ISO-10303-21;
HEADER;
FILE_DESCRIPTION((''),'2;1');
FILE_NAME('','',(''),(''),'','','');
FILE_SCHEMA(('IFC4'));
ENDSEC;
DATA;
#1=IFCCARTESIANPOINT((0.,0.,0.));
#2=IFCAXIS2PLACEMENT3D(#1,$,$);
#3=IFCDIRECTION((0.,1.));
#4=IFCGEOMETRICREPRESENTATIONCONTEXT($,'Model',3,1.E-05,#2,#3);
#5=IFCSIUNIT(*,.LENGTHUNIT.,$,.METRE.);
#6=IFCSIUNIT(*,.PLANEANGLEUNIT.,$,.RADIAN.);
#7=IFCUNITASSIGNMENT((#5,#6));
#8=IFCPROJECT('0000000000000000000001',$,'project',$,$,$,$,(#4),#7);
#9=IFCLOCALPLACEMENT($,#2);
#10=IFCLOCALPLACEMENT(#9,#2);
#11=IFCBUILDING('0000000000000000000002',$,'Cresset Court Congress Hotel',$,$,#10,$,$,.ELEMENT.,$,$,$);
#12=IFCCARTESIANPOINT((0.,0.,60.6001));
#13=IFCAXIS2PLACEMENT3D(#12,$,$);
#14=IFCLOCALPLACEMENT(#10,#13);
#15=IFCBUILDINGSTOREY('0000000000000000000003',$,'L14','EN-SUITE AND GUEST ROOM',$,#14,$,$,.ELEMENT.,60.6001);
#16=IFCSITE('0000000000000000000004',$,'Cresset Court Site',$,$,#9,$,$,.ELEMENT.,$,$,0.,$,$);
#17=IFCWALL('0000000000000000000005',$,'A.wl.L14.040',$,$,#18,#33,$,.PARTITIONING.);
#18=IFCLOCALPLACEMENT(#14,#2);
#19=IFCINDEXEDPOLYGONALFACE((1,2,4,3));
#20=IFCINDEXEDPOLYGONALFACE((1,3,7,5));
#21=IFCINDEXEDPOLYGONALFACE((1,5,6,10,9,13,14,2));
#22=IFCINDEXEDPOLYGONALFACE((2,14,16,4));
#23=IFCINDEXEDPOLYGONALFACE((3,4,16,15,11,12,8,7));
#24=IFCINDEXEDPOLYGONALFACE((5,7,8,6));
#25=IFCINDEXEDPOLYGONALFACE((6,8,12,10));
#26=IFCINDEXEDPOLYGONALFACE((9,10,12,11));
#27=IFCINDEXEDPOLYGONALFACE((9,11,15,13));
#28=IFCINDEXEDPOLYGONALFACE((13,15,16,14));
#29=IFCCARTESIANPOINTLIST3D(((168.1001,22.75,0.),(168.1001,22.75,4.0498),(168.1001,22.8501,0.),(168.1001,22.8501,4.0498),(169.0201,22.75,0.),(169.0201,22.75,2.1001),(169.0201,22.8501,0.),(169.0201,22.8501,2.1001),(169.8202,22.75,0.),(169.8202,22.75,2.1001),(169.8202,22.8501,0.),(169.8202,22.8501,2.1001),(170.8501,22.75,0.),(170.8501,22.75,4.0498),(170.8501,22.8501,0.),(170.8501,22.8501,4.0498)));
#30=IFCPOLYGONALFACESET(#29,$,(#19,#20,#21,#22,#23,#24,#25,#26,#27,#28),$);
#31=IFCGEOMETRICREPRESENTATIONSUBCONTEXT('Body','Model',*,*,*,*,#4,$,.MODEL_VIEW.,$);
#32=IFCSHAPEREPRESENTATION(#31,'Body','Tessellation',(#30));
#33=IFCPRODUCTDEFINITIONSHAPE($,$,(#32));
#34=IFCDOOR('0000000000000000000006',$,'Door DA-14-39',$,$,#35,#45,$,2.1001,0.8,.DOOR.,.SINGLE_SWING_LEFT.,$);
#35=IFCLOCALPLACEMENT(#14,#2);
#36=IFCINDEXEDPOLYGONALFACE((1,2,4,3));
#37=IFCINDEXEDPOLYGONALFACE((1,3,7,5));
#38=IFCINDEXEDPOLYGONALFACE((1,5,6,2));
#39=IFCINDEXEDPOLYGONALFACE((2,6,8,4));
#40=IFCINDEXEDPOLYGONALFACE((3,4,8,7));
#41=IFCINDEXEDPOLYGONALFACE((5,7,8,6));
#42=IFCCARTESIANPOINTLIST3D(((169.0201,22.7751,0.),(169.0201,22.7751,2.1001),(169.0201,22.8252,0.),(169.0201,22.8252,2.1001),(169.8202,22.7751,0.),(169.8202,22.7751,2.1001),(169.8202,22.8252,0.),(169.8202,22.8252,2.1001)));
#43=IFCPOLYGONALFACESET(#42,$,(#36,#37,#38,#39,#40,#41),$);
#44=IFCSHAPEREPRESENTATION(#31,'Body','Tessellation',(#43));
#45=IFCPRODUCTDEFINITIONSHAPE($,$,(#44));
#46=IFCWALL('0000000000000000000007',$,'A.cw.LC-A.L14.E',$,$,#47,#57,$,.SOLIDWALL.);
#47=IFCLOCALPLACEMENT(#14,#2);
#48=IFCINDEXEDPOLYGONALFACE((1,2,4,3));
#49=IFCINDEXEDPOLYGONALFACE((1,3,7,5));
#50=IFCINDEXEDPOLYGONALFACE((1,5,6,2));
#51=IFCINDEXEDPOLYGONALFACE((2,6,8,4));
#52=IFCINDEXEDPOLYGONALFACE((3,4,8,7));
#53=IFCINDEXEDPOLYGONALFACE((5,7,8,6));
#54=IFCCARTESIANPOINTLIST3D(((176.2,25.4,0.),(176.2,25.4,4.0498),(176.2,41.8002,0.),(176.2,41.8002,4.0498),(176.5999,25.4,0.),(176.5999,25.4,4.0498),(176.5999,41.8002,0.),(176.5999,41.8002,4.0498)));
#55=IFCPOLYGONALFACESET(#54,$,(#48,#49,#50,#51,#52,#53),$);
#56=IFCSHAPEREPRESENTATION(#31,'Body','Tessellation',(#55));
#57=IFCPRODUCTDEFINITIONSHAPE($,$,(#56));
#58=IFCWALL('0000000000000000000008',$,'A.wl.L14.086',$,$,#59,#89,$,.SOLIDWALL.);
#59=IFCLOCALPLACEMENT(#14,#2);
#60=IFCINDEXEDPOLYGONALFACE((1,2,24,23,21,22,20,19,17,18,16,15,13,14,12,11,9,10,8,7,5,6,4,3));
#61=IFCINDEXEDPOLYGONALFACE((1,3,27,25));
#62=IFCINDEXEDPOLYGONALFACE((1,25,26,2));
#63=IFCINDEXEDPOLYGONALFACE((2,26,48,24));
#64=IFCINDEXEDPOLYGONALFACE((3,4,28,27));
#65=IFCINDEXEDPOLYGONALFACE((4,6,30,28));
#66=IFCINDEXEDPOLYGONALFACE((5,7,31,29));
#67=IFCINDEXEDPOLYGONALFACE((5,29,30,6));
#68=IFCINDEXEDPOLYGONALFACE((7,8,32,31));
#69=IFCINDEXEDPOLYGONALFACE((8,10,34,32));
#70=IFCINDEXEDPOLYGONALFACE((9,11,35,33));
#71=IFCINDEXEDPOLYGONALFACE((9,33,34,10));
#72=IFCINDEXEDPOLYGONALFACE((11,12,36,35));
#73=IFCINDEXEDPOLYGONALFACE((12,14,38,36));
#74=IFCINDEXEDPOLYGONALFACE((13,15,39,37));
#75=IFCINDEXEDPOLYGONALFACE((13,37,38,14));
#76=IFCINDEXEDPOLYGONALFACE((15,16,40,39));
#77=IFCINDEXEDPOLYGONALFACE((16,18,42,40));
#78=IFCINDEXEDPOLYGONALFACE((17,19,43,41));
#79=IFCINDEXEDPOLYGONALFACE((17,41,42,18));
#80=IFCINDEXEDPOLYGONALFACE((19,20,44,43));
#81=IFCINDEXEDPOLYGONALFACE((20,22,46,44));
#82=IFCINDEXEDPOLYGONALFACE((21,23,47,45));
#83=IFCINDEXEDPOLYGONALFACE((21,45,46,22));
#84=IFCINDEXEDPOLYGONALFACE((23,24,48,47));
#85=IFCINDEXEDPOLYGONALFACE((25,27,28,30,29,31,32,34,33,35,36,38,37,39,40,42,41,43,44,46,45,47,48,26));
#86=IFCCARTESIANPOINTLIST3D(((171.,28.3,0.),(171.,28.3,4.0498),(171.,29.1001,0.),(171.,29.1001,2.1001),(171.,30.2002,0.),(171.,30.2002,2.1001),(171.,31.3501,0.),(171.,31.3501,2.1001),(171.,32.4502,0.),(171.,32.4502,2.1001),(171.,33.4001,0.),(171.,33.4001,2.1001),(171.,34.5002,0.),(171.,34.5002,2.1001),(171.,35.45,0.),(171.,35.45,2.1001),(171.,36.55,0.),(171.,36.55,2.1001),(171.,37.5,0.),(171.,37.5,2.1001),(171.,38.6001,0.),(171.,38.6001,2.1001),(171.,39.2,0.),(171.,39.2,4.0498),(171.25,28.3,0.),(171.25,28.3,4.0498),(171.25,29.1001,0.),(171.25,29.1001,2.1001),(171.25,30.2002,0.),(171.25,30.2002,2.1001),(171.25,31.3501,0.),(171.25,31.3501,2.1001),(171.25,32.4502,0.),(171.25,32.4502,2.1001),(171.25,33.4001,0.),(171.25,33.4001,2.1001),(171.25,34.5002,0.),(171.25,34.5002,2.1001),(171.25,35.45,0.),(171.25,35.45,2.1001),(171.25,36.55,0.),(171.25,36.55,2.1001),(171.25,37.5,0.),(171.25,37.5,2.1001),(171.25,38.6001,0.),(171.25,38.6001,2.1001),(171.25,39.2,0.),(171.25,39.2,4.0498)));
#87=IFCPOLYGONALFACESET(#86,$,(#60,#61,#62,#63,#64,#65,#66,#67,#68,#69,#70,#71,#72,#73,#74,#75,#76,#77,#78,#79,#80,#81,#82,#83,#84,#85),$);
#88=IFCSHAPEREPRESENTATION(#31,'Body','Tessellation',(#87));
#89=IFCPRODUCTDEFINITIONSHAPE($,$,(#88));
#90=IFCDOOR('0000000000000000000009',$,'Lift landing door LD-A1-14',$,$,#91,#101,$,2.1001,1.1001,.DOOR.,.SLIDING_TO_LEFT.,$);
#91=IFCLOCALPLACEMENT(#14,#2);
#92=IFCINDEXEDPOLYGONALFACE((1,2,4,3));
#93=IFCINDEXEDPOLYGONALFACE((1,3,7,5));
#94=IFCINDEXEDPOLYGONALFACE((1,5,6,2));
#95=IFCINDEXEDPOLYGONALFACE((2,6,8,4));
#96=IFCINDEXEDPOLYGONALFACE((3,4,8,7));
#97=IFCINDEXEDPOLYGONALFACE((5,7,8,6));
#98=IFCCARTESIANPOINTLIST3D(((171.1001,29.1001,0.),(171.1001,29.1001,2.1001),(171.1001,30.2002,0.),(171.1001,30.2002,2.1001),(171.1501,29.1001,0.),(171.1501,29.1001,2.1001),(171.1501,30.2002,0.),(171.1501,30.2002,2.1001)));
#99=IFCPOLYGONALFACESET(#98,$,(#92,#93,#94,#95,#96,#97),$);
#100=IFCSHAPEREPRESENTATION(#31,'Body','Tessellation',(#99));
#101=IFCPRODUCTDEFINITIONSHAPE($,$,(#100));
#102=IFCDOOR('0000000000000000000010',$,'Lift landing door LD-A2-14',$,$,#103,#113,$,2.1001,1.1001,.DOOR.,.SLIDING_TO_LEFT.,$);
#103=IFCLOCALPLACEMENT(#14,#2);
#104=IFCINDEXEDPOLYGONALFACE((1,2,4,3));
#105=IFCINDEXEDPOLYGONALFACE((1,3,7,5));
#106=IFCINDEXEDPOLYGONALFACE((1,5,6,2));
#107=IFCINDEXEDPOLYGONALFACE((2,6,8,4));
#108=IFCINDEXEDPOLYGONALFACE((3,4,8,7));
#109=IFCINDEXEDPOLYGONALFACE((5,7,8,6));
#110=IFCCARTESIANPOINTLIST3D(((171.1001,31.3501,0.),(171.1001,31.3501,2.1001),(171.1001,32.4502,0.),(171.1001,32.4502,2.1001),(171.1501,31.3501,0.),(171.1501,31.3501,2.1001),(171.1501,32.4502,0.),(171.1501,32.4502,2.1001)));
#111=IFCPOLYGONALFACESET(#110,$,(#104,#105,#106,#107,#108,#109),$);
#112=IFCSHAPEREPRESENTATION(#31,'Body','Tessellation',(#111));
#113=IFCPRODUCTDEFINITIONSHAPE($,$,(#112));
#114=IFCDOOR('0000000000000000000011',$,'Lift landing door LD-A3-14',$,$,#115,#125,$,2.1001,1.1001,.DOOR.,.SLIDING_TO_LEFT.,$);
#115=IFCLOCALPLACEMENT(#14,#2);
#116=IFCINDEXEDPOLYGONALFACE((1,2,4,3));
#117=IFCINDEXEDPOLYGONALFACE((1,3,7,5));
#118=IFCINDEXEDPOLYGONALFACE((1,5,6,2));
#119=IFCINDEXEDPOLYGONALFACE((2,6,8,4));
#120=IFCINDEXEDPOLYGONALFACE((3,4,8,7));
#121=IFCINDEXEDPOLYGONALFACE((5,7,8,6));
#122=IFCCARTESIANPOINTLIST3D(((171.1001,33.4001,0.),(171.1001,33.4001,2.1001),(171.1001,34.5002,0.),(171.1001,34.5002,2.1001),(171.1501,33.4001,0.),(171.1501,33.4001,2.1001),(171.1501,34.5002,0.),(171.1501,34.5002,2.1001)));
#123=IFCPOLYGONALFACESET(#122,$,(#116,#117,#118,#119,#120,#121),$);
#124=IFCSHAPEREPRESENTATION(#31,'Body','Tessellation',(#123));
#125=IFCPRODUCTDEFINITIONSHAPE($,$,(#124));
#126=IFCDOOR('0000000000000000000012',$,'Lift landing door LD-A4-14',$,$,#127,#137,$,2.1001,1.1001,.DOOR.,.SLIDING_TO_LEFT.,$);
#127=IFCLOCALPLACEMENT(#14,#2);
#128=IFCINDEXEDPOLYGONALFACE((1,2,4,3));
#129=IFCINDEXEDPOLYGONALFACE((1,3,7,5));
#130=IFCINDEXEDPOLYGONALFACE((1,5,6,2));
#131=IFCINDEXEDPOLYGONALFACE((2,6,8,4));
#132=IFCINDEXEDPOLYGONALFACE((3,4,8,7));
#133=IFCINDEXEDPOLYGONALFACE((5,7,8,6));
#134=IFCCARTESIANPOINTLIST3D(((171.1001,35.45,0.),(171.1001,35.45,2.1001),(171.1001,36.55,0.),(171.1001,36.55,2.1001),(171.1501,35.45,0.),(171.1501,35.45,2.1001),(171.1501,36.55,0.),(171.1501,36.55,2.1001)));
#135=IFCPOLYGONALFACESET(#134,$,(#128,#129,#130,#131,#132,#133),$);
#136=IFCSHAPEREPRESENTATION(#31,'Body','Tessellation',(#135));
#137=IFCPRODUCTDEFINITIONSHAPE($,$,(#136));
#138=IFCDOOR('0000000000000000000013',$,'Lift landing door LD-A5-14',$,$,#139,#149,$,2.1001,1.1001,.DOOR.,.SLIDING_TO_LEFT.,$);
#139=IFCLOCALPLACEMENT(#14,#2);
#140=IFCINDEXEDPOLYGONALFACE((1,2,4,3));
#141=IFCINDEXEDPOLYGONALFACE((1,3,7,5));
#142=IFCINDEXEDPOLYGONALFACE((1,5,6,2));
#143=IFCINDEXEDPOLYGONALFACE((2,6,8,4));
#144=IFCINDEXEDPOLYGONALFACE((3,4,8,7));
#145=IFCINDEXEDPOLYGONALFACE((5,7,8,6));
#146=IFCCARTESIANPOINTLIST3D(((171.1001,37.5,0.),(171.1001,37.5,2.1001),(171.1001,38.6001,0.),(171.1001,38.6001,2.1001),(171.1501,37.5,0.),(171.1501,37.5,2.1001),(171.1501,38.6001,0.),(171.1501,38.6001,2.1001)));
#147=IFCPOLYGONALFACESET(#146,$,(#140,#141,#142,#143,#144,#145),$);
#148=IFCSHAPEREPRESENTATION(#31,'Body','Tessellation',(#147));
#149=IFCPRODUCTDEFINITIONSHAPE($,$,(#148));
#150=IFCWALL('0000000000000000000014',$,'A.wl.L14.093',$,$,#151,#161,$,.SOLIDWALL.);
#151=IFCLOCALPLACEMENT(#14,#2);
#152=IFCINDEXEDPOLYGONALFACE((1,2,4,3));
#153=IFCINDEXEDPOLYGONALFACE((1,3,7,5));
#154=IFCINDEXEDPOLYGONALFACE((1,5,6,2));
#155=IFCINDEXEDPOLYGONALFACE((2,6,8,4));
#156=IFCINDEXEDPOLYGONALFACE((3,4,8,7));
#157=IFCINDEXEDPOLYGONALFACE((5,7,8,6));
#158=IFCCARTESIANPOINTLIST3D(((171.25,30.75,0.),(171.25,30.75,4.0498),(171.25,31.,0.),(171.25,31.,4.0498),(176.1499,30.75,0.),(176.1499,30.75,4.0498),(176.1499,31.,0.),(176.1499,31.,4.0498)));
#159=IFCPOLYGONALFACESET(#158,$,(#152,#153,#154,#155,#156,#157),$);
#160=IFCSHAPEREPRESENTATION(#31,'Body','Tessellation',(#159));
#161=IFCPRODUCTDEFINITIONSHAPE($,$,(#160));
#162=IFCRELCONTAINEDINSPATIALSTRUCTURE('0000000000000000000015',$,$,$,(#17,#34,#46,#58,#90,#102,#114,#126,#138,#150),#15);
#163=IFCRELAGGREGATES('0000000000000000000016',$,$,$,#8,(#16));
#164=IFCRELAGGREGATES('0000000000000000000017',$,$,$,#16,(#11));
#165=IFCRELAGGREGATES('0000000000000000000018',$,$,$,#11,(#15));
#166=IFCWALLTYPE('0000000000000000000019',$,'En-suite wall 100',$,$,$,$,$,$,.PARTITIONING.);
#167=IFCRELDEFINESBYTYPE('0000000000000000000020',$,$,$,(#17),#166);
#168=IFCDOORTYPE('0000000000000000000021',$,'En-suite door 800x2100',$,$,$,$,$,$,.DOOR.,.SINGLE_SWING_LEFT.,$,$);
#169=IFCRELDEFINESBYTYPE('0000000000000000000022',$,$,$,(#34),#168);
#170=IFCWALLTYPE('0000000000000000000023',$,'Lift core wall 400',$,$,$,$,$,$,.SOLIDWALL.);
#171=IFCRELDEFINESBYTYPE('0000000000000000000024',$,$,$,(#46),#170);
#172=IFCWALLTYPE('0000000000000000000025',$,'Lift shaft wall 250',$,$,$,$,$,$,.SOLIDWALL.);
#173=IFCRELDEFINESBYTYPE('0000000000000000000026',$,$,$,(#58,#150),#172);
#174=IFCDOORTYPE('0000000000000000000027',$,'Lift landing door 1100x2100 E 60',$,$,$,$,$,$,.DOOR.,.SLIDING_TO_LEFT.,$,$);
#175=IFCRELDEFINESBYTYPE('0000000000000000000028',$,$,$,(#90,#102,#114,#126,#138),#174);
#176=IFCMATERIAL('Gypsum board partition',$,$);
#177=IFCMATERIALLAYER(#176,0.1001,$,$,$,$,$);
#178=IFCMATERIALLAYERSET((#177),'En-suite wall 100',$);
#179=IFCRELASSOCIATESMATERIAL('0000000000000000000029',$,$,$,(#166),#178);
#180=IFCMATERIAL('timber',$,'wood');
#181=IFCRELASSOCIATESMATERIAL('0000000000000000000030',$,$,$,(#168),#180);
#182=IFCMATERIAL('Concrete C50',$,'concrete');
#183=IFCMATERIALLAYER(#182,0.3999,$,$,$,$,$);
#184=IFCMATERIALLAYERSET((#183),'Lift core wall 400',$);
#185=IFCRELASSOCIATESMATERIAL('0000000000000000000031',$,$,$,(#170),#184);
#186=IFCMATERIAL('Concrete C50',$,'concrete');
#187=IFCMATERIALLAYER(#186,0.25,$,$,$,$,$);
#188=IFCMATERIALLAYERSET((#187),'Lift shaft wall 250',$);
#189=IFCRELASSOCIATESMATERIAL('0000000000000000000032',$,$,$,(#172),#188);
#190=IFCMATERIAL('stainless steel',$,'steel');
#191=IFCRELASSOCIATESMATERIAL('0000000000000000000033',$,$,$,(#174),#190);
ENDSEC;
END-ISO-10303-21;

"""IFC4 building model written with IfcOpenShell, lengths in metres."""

from ifc_helpers import new_model, si_unit, direction, frame, frame_2d, origin, place, context, subcontext, project, spatial, rectangle, extrude, material, layer, layer_set, type_object, element, fill, save


model = new_model("IFC4")

# Units and contexts
model_context = context("Model", 3, precision=1e-05, world=origin(), true_north=direction((0.0, 1.0)))
body_context = subcontext(model_context, "Body", "Model", "MODEL_VIEW")
ifc_project = project(units=[si_unit("LENGTHUNIT", "METRE"), si_unit("PLANEANGLEUNIT", "RADIAN")], contexts=[model_context])

# Site, building, storey
site_placement = place(None, origin())
site = spatial("IfcSite", under=ifc_project, at=site_placement, Name="Cresset Court Site", CompositionType="ELEMENT", RefElevation=0.0)
building_placement = place(site_placement, origin())
building = spatial("IfcBuilding", under=site, at=building_placement, Name="Cresset Court Congress Hotel", CompositionType="ELEMENT")
storey_placement = place(building_placement, frame((0.0, 0.0, 60.6001)))
storey = spatial("IfcBuildingStorey", under=building, at=storey_placement, Name="L14", Description="EN-SUITE AND GUEST ROOM", CompositionType="ELEMENT", Elevation=60.6001)

# Wall, opening, door
ifc_material_1 = material(Name="Gypsum board partition")
ifc_layer_1 = layer(ifc_material_1, 0.1001)
ifc_layer_set_1 = layer_set([ifc_layer_1], Name="En-suite wall 100")
wall_type_1 = type_object("IfcWallType", Name="En-suite wall 100", PredefinedType="PARTITIONING", material=ifc_layer_set_1)
wall_1_placement = place(storey_placement, frame((170.8501, 22.8, 0.0), z_axis=(0.0, 0.0, 1.0), x_axis=(-1.0, 0.0, 0.0)))
wall_1 = element("IfcWall", 1, at=wall_1_placement, inside=storey, type_object=wall_type_1, Name="A.wl.L14.040", PredefinedType="PARTITIONING", context=body_context, shape_type="SweptSolid", body=[
    extrude(rectangle(XDim=2.75, YDim=0.1001, at=frame_2d((1.375, 0.0))), origin(), (0.0, 0.0, 1.0), 4.0498),
])
opening_1_placement = place(wall_1_placement, frame((1.03, 0.0, 0.0)))
opening_1 = element("IfcOpeningElement", 2, at=opening_1_placement, cuts=wall_1, PredefinedType="OPENING", context=body_context, shape_type="SweptSolid", body=[
    extrude(rectangle(XDim=0.8, YDim=2.1001, at=frame_2d((0.3999, 1.05))), frame((0.0, 0.0601, 0.0), z_axis=(0.0, -1.0, 0.0), x_axis=(1.0, 0.0, 0.0)), (0.0, 0.0, 1.0), 0.1201),
])
ifc_material_2 = material(Name="timber", Category="wood")
door_type_1 = type_object("IfcDoorType", Name="En-suite door 800x2100", OperationType="SINGLE_SWING_LEFT", PredefinedType="DOOR", material=ifc_material_2)
door_1_placement = place(opening_1_placement, origin())
door_1 = element("IfcDoor", 3, at=door_1_placement, inside=storey, type_object=door_type_1, Name="Door DA-14-39", OperationType="SINGLE_SWING_LEFT", OverallHeight=2.1001, OverallWidth=0.8, PredefinedType="DOOR", context=body_context, shape_type="SweptSolid", body=[
    extrude(rectangle(XDim=0.8, YDim=2.1001, at=frame_2d((0.3999, 1.05))), frame((0.0, 0.0249, 0.0), z_axis=(0.0, -1.0, 0.0), x_axis=(1.0, 0.0, 0.0)), (0.0, 0.0, 1.0), 0.05),
])
fill(opening_1, door_1)

# Wall
ifc_material_3 = material(Name="Concrete C50", Category="concrete")
ifc_layer_2 = layer(ifc_material_3, 0.3999)
ifc_layer_set_2 = layer_set([ifc_layer_2], Name="Lift core wall 400")
wall_type_2 = type_object("IfcWallType", Name="Lift core wall 400", PredefinedType="SOLIDWALL", material=ifc_layer_set_2)
wall_2_placement = place(storey_placement, frame((176.3999, 25.3999, 0.0), z_axis=(0.0, 0.0, 1.0), x_axis=(0.0, 1.0, 0.0)))
element("IfcWall", 4, at=wall_2_placement, inside=storey, type_object=wall_type_2, Name="A.cw.LC-A.L14.E", PredefinedType="SOLIDWALL", context=body_context, shape_type="SweptSolid", body=[
    extrude(rectangle(XDim=16.4001, YDim=0.3999, at=frame_2d((8.2002, 0.0))), origin(), (0.0, 0.0, 1.0), 4.0498),
])

# Wall, openings, doors
ifc_material_4 = material(Name="Concrete C50", Category="concrete")
ifc_layer_3 = layer(ifc_material_4, 0.25)
ifc_layer_set_3 = layer_set([ifc_layer_3], Name="Lift shaft wall 250")
wall_type_3 = type_object("IfcWallType", Name="Lift shaft wall 250", PredefinedType="SOLIDWALL", material=ifc_layer_set_3)
wall_3_placement = place(storey_placement, frame((171.125, 28.3, 0.0), z_axis=(0.0, 0.0, 1.0), x_axis=(0.0, 1.0, 0.0)))
wall_3 = element("IfcWall", 5, at=wall_3_placement, inside=storey, type_object=wall_type_3, Name="A.wl.L14.086", PredefinedType="SOLIDWALL", context=body_context, shape_type="SweptSolid", body=[
    extrude(rectangle(XDim=10.8999, YDim=0.25, at=frame_2d((5.45, 0.0))), origin(), (0.0, 0.0, 1.0), 4.0498),
])
opening_2_placement = place(wall_3_placement, frame((0.8, 0.0, 0.0)))
opening_2 = element("IfcOpeningElement", 6, at=opening_2_placement, cuts=wall_3, PredefinedType="OPENING", context=body_context, shape_type="SweptSolid", body=[
    extrude(rectangle(XDim=1.1001, YDim=2.1001, at=frame_2d((0.55, 1.05))), frame((0.0, 0.135, 0.0), z_axis=(0.0, -1.0, 0.0), x_axis=(1.0, 0.0, 0.0)), (0.0, 0.0, 1.0), 0.27),
])
opening_3_placement = place(wall_3_placement, frame((3.05, 0.0, 0.0)))
opening_3 = element("IfcOpeningElement", 7, at=opening_3_placement, cuts=wall_3, PredefinedType="OPENING", context=body_context, shape_type="SweptSolid", body=[
    extrude(rectangle(XDim=1.1001, YDim=2.1001, at=frame_2d((0.55, 1.05))), frame((0.0, 0.135, 0.0), z_axis=(0.0, -1.0, 0.0), x_axis=(1.0, 0.0, 0.0)), (0.0, 0.0, 1.0), 0.27),
])
opening_4_placement = place(wall_3_placement, frame((5.1001, 0.0, 0.0)))
opening_4 = element("IfcOpeningElement", 8, at=opening_4_placement, cuts=wall_3, PredefinedType="OPENING", context=body_context, shape_type="SweptSolid", body=[
    extrude(rectangle(XDim=1.1001, YDim=2.1001, at=frame_2d((0.55, 1.05))), frame((0.0, 0.135, 0.0), z_axis=(0.0, -1.0, 0.0), x_axis=(1.0, 0.0, 0.0)), (0.0, 0.0, 1.0), 0.27),
])
opening_5_placement = place(wall_3_placement, frame((7.1499, 0.0, 0.0)))
opening_5 = element("IfcOpeningElement", 9, at=opening_5_placement, cuts=wall_3, PredefinedType="OPENING", context=body_context, shape_type="SweptSolid", body=[
    extrude(rectangle(XDim=1.1001, YDim=2.1001, at=frame_2d((0.55, 1.05))), frame((0.0, 0.135, 0.0), z_axis=(0.0, -1.0, 0.0), x_axis=(1.0, 0.0, 0.0)), (0.0, 0.0, 1.0), 0.27),
])
opening_6_placement = place(wall_3_placement, frame((9.2, 0.0, 0.0)))
opening_6 = element("IfcOpeningElement", 10, at=opening_6_placement, cuts=wall_3, PredefinedType="OPENING", context=body_context, shape_type="SweptSolid", body=[
    extrude(rectangle(XDim=1.1001, YDim=2.1001, at=frame_2d((0.55, 1.05))), frame((0.0, 0.135, 0.0), z_axis=(0.0, -1.0, 0.0), x_axis=(1.0, 0.0, 0.0)), (0.0, 0.0, 1.0), 0.27),
])
ifc_material_5 = material(Name="stainless steel", Category="steel")
door_type_2 = type_object("IfcDoorType", Name="Lift landing door 1100x2100 E 60", OperationType="SLIDING_TO_LEFT", PredefinedType="DOOR", material=ifc_material_5)
door_2_placement = place(opening_2_placement, origin())
door_2 = element("IfcDoor", 11, at=door_2_placement, inside=storey, type_object=door_type_2, Name="Lift landing door LD-A1-14", OperationType="SLIDING_TO_LEFT", OverallHeight=2.1001, OverallWidth=1.1001, PredefinedType="DOOR", context=body_context, shape_type="SweptSolid", body=[
    extrude(rectangle(XDim=1.1001, YDim=2.1001, at=frame_2d((0.55, 1.05))), frame((0.0, 0.0249, 0.0), z_axis=(0.0, -1.0, 0.0), x_axis=(1.0, 0.0, 0.0)), (0.0, 0.0, 1.0), 0.05),
])
fill(opening_2, door_2)
door_3_placement = place(opening_3_placement, origin())
door_3 = element("IfcDoor", 12, at=door_3_placement, inside=storey, type_object=door_type_2, Name="Lift landing door LD-A2-14", OperationType="SLIDING_TO_LEFT", OverallHeight=2.1001, OverallWidth=1.1001, PredefinedType="DOOR", context=body_context, shape_type="SweptSolid", body=[
    extrude(rectangle(XDim=1.1001, YDim=2.1001, at=frame_2d((0.55, 1.05))), frame((0.0, 0.0249, 0.0), z_axis=(0.0, -1.0, 0.0), x_axis=(1.0, 0.0, 0.0)), (0.0, 0.0, 1.0), 0.05),
])
fill(opening_3, door_3)
door_4_placement = place(opening_4_placement, origin())
door_4 = element("IfcDoor", 13, at=door_4_placement, inside=storey, type_object=door_type_2, Name="Lift landing door LD-A3-14", OperationType="SLIDING_TO_LEFT", OverallHeight=2.1001, OverallWidth=1.1001, PredefinedType="DOOR", context=body_context, shape_type="SweptSolid", body=[
    extrude(rectangle(XDim=1.1001, YDim=2.1001, at=frame_2d((0.55, 1.05))), frame((0.0, 0.0249, 0.0), z_axis=(0.0, -1.0, 0.0), x_axis=(1.0, 0.0, 0.0)), (0.0, 0.0, 1.0), 0.05),
])
fill(opening_4, door_4)
door_5_placement = place(opening_5_placement, origin())
door_5 = element("IfcDoor", 14, at=door_5_placement, inside=storey, type_object=door_type_2, Name="Lift landing door LD-A4-14", OperationType="SLIDING_TO_LEFT", OverallHeight=2.1001, OverallWidth=1.1001, PredefinedType="DOOR", context=body_context, shape_type="SweptSolid", body=[
    extrude(rectangle(XDim=1.1001, YDim=2.1001, at=frame_2d((0.55, 1.05))), frame((0.0, 0.0249, 0.0), z_axis=(0.0, -1.0, 0.0), x_axis=(1.0, 0.0, 0.0)), (0.0, 0.0, 1.0), 0.05),
])
fill(opening_5, door_5)
door_6_placement = place(opening_6_placement, origin())
door_6 = element("IfcDoor", 15, at=door_6_placement, inside=storey, type_object=door_type_2, Name="Lift landing door LD-A5-14", OperationType="SLIDING_TO_LEFT", OverallHeight=2.1001, OverallWidth=1.1001, PredefinedType="DOOR", context=body_context, shape_type="SweptSolid", body=[
    extrude(rectangle(XDim=1.1001, YDim=2.1001, at=frame_2d((0.55, 1.05))), frame((0.0, 0.0249, 0.0), z_axis=(0.0, -1.0, 0.0), x_axis=(1.0, 0.0, 0.0)), (0.0, 0.0, 1.0), 0.05),
])
fill(opening_6, door_6)

# Wall
wall_4_placement = place(storey_placement, frame((171.25, 30.875, 0.0), z_axis=(0.0, 0.0, 1.0), x_axis=(1.0, 0.0, 0.0)))
element("IfcWall", 16, at=wall_4_placement, inside=storey, type_object=wall_type_3, Name="A.wl.L14.093", PredefinedType="SOLIDWALL", context=body_context, shape_type="SweptSolid", body=[
    extrude(rectangle(XDim=4.8999, YDim=0.25, at=frame_2d((2.45, 0.0))), origin(), (0.0, 0.0, 1.0), 4.0498),
])

save(model, "model.ifc")
